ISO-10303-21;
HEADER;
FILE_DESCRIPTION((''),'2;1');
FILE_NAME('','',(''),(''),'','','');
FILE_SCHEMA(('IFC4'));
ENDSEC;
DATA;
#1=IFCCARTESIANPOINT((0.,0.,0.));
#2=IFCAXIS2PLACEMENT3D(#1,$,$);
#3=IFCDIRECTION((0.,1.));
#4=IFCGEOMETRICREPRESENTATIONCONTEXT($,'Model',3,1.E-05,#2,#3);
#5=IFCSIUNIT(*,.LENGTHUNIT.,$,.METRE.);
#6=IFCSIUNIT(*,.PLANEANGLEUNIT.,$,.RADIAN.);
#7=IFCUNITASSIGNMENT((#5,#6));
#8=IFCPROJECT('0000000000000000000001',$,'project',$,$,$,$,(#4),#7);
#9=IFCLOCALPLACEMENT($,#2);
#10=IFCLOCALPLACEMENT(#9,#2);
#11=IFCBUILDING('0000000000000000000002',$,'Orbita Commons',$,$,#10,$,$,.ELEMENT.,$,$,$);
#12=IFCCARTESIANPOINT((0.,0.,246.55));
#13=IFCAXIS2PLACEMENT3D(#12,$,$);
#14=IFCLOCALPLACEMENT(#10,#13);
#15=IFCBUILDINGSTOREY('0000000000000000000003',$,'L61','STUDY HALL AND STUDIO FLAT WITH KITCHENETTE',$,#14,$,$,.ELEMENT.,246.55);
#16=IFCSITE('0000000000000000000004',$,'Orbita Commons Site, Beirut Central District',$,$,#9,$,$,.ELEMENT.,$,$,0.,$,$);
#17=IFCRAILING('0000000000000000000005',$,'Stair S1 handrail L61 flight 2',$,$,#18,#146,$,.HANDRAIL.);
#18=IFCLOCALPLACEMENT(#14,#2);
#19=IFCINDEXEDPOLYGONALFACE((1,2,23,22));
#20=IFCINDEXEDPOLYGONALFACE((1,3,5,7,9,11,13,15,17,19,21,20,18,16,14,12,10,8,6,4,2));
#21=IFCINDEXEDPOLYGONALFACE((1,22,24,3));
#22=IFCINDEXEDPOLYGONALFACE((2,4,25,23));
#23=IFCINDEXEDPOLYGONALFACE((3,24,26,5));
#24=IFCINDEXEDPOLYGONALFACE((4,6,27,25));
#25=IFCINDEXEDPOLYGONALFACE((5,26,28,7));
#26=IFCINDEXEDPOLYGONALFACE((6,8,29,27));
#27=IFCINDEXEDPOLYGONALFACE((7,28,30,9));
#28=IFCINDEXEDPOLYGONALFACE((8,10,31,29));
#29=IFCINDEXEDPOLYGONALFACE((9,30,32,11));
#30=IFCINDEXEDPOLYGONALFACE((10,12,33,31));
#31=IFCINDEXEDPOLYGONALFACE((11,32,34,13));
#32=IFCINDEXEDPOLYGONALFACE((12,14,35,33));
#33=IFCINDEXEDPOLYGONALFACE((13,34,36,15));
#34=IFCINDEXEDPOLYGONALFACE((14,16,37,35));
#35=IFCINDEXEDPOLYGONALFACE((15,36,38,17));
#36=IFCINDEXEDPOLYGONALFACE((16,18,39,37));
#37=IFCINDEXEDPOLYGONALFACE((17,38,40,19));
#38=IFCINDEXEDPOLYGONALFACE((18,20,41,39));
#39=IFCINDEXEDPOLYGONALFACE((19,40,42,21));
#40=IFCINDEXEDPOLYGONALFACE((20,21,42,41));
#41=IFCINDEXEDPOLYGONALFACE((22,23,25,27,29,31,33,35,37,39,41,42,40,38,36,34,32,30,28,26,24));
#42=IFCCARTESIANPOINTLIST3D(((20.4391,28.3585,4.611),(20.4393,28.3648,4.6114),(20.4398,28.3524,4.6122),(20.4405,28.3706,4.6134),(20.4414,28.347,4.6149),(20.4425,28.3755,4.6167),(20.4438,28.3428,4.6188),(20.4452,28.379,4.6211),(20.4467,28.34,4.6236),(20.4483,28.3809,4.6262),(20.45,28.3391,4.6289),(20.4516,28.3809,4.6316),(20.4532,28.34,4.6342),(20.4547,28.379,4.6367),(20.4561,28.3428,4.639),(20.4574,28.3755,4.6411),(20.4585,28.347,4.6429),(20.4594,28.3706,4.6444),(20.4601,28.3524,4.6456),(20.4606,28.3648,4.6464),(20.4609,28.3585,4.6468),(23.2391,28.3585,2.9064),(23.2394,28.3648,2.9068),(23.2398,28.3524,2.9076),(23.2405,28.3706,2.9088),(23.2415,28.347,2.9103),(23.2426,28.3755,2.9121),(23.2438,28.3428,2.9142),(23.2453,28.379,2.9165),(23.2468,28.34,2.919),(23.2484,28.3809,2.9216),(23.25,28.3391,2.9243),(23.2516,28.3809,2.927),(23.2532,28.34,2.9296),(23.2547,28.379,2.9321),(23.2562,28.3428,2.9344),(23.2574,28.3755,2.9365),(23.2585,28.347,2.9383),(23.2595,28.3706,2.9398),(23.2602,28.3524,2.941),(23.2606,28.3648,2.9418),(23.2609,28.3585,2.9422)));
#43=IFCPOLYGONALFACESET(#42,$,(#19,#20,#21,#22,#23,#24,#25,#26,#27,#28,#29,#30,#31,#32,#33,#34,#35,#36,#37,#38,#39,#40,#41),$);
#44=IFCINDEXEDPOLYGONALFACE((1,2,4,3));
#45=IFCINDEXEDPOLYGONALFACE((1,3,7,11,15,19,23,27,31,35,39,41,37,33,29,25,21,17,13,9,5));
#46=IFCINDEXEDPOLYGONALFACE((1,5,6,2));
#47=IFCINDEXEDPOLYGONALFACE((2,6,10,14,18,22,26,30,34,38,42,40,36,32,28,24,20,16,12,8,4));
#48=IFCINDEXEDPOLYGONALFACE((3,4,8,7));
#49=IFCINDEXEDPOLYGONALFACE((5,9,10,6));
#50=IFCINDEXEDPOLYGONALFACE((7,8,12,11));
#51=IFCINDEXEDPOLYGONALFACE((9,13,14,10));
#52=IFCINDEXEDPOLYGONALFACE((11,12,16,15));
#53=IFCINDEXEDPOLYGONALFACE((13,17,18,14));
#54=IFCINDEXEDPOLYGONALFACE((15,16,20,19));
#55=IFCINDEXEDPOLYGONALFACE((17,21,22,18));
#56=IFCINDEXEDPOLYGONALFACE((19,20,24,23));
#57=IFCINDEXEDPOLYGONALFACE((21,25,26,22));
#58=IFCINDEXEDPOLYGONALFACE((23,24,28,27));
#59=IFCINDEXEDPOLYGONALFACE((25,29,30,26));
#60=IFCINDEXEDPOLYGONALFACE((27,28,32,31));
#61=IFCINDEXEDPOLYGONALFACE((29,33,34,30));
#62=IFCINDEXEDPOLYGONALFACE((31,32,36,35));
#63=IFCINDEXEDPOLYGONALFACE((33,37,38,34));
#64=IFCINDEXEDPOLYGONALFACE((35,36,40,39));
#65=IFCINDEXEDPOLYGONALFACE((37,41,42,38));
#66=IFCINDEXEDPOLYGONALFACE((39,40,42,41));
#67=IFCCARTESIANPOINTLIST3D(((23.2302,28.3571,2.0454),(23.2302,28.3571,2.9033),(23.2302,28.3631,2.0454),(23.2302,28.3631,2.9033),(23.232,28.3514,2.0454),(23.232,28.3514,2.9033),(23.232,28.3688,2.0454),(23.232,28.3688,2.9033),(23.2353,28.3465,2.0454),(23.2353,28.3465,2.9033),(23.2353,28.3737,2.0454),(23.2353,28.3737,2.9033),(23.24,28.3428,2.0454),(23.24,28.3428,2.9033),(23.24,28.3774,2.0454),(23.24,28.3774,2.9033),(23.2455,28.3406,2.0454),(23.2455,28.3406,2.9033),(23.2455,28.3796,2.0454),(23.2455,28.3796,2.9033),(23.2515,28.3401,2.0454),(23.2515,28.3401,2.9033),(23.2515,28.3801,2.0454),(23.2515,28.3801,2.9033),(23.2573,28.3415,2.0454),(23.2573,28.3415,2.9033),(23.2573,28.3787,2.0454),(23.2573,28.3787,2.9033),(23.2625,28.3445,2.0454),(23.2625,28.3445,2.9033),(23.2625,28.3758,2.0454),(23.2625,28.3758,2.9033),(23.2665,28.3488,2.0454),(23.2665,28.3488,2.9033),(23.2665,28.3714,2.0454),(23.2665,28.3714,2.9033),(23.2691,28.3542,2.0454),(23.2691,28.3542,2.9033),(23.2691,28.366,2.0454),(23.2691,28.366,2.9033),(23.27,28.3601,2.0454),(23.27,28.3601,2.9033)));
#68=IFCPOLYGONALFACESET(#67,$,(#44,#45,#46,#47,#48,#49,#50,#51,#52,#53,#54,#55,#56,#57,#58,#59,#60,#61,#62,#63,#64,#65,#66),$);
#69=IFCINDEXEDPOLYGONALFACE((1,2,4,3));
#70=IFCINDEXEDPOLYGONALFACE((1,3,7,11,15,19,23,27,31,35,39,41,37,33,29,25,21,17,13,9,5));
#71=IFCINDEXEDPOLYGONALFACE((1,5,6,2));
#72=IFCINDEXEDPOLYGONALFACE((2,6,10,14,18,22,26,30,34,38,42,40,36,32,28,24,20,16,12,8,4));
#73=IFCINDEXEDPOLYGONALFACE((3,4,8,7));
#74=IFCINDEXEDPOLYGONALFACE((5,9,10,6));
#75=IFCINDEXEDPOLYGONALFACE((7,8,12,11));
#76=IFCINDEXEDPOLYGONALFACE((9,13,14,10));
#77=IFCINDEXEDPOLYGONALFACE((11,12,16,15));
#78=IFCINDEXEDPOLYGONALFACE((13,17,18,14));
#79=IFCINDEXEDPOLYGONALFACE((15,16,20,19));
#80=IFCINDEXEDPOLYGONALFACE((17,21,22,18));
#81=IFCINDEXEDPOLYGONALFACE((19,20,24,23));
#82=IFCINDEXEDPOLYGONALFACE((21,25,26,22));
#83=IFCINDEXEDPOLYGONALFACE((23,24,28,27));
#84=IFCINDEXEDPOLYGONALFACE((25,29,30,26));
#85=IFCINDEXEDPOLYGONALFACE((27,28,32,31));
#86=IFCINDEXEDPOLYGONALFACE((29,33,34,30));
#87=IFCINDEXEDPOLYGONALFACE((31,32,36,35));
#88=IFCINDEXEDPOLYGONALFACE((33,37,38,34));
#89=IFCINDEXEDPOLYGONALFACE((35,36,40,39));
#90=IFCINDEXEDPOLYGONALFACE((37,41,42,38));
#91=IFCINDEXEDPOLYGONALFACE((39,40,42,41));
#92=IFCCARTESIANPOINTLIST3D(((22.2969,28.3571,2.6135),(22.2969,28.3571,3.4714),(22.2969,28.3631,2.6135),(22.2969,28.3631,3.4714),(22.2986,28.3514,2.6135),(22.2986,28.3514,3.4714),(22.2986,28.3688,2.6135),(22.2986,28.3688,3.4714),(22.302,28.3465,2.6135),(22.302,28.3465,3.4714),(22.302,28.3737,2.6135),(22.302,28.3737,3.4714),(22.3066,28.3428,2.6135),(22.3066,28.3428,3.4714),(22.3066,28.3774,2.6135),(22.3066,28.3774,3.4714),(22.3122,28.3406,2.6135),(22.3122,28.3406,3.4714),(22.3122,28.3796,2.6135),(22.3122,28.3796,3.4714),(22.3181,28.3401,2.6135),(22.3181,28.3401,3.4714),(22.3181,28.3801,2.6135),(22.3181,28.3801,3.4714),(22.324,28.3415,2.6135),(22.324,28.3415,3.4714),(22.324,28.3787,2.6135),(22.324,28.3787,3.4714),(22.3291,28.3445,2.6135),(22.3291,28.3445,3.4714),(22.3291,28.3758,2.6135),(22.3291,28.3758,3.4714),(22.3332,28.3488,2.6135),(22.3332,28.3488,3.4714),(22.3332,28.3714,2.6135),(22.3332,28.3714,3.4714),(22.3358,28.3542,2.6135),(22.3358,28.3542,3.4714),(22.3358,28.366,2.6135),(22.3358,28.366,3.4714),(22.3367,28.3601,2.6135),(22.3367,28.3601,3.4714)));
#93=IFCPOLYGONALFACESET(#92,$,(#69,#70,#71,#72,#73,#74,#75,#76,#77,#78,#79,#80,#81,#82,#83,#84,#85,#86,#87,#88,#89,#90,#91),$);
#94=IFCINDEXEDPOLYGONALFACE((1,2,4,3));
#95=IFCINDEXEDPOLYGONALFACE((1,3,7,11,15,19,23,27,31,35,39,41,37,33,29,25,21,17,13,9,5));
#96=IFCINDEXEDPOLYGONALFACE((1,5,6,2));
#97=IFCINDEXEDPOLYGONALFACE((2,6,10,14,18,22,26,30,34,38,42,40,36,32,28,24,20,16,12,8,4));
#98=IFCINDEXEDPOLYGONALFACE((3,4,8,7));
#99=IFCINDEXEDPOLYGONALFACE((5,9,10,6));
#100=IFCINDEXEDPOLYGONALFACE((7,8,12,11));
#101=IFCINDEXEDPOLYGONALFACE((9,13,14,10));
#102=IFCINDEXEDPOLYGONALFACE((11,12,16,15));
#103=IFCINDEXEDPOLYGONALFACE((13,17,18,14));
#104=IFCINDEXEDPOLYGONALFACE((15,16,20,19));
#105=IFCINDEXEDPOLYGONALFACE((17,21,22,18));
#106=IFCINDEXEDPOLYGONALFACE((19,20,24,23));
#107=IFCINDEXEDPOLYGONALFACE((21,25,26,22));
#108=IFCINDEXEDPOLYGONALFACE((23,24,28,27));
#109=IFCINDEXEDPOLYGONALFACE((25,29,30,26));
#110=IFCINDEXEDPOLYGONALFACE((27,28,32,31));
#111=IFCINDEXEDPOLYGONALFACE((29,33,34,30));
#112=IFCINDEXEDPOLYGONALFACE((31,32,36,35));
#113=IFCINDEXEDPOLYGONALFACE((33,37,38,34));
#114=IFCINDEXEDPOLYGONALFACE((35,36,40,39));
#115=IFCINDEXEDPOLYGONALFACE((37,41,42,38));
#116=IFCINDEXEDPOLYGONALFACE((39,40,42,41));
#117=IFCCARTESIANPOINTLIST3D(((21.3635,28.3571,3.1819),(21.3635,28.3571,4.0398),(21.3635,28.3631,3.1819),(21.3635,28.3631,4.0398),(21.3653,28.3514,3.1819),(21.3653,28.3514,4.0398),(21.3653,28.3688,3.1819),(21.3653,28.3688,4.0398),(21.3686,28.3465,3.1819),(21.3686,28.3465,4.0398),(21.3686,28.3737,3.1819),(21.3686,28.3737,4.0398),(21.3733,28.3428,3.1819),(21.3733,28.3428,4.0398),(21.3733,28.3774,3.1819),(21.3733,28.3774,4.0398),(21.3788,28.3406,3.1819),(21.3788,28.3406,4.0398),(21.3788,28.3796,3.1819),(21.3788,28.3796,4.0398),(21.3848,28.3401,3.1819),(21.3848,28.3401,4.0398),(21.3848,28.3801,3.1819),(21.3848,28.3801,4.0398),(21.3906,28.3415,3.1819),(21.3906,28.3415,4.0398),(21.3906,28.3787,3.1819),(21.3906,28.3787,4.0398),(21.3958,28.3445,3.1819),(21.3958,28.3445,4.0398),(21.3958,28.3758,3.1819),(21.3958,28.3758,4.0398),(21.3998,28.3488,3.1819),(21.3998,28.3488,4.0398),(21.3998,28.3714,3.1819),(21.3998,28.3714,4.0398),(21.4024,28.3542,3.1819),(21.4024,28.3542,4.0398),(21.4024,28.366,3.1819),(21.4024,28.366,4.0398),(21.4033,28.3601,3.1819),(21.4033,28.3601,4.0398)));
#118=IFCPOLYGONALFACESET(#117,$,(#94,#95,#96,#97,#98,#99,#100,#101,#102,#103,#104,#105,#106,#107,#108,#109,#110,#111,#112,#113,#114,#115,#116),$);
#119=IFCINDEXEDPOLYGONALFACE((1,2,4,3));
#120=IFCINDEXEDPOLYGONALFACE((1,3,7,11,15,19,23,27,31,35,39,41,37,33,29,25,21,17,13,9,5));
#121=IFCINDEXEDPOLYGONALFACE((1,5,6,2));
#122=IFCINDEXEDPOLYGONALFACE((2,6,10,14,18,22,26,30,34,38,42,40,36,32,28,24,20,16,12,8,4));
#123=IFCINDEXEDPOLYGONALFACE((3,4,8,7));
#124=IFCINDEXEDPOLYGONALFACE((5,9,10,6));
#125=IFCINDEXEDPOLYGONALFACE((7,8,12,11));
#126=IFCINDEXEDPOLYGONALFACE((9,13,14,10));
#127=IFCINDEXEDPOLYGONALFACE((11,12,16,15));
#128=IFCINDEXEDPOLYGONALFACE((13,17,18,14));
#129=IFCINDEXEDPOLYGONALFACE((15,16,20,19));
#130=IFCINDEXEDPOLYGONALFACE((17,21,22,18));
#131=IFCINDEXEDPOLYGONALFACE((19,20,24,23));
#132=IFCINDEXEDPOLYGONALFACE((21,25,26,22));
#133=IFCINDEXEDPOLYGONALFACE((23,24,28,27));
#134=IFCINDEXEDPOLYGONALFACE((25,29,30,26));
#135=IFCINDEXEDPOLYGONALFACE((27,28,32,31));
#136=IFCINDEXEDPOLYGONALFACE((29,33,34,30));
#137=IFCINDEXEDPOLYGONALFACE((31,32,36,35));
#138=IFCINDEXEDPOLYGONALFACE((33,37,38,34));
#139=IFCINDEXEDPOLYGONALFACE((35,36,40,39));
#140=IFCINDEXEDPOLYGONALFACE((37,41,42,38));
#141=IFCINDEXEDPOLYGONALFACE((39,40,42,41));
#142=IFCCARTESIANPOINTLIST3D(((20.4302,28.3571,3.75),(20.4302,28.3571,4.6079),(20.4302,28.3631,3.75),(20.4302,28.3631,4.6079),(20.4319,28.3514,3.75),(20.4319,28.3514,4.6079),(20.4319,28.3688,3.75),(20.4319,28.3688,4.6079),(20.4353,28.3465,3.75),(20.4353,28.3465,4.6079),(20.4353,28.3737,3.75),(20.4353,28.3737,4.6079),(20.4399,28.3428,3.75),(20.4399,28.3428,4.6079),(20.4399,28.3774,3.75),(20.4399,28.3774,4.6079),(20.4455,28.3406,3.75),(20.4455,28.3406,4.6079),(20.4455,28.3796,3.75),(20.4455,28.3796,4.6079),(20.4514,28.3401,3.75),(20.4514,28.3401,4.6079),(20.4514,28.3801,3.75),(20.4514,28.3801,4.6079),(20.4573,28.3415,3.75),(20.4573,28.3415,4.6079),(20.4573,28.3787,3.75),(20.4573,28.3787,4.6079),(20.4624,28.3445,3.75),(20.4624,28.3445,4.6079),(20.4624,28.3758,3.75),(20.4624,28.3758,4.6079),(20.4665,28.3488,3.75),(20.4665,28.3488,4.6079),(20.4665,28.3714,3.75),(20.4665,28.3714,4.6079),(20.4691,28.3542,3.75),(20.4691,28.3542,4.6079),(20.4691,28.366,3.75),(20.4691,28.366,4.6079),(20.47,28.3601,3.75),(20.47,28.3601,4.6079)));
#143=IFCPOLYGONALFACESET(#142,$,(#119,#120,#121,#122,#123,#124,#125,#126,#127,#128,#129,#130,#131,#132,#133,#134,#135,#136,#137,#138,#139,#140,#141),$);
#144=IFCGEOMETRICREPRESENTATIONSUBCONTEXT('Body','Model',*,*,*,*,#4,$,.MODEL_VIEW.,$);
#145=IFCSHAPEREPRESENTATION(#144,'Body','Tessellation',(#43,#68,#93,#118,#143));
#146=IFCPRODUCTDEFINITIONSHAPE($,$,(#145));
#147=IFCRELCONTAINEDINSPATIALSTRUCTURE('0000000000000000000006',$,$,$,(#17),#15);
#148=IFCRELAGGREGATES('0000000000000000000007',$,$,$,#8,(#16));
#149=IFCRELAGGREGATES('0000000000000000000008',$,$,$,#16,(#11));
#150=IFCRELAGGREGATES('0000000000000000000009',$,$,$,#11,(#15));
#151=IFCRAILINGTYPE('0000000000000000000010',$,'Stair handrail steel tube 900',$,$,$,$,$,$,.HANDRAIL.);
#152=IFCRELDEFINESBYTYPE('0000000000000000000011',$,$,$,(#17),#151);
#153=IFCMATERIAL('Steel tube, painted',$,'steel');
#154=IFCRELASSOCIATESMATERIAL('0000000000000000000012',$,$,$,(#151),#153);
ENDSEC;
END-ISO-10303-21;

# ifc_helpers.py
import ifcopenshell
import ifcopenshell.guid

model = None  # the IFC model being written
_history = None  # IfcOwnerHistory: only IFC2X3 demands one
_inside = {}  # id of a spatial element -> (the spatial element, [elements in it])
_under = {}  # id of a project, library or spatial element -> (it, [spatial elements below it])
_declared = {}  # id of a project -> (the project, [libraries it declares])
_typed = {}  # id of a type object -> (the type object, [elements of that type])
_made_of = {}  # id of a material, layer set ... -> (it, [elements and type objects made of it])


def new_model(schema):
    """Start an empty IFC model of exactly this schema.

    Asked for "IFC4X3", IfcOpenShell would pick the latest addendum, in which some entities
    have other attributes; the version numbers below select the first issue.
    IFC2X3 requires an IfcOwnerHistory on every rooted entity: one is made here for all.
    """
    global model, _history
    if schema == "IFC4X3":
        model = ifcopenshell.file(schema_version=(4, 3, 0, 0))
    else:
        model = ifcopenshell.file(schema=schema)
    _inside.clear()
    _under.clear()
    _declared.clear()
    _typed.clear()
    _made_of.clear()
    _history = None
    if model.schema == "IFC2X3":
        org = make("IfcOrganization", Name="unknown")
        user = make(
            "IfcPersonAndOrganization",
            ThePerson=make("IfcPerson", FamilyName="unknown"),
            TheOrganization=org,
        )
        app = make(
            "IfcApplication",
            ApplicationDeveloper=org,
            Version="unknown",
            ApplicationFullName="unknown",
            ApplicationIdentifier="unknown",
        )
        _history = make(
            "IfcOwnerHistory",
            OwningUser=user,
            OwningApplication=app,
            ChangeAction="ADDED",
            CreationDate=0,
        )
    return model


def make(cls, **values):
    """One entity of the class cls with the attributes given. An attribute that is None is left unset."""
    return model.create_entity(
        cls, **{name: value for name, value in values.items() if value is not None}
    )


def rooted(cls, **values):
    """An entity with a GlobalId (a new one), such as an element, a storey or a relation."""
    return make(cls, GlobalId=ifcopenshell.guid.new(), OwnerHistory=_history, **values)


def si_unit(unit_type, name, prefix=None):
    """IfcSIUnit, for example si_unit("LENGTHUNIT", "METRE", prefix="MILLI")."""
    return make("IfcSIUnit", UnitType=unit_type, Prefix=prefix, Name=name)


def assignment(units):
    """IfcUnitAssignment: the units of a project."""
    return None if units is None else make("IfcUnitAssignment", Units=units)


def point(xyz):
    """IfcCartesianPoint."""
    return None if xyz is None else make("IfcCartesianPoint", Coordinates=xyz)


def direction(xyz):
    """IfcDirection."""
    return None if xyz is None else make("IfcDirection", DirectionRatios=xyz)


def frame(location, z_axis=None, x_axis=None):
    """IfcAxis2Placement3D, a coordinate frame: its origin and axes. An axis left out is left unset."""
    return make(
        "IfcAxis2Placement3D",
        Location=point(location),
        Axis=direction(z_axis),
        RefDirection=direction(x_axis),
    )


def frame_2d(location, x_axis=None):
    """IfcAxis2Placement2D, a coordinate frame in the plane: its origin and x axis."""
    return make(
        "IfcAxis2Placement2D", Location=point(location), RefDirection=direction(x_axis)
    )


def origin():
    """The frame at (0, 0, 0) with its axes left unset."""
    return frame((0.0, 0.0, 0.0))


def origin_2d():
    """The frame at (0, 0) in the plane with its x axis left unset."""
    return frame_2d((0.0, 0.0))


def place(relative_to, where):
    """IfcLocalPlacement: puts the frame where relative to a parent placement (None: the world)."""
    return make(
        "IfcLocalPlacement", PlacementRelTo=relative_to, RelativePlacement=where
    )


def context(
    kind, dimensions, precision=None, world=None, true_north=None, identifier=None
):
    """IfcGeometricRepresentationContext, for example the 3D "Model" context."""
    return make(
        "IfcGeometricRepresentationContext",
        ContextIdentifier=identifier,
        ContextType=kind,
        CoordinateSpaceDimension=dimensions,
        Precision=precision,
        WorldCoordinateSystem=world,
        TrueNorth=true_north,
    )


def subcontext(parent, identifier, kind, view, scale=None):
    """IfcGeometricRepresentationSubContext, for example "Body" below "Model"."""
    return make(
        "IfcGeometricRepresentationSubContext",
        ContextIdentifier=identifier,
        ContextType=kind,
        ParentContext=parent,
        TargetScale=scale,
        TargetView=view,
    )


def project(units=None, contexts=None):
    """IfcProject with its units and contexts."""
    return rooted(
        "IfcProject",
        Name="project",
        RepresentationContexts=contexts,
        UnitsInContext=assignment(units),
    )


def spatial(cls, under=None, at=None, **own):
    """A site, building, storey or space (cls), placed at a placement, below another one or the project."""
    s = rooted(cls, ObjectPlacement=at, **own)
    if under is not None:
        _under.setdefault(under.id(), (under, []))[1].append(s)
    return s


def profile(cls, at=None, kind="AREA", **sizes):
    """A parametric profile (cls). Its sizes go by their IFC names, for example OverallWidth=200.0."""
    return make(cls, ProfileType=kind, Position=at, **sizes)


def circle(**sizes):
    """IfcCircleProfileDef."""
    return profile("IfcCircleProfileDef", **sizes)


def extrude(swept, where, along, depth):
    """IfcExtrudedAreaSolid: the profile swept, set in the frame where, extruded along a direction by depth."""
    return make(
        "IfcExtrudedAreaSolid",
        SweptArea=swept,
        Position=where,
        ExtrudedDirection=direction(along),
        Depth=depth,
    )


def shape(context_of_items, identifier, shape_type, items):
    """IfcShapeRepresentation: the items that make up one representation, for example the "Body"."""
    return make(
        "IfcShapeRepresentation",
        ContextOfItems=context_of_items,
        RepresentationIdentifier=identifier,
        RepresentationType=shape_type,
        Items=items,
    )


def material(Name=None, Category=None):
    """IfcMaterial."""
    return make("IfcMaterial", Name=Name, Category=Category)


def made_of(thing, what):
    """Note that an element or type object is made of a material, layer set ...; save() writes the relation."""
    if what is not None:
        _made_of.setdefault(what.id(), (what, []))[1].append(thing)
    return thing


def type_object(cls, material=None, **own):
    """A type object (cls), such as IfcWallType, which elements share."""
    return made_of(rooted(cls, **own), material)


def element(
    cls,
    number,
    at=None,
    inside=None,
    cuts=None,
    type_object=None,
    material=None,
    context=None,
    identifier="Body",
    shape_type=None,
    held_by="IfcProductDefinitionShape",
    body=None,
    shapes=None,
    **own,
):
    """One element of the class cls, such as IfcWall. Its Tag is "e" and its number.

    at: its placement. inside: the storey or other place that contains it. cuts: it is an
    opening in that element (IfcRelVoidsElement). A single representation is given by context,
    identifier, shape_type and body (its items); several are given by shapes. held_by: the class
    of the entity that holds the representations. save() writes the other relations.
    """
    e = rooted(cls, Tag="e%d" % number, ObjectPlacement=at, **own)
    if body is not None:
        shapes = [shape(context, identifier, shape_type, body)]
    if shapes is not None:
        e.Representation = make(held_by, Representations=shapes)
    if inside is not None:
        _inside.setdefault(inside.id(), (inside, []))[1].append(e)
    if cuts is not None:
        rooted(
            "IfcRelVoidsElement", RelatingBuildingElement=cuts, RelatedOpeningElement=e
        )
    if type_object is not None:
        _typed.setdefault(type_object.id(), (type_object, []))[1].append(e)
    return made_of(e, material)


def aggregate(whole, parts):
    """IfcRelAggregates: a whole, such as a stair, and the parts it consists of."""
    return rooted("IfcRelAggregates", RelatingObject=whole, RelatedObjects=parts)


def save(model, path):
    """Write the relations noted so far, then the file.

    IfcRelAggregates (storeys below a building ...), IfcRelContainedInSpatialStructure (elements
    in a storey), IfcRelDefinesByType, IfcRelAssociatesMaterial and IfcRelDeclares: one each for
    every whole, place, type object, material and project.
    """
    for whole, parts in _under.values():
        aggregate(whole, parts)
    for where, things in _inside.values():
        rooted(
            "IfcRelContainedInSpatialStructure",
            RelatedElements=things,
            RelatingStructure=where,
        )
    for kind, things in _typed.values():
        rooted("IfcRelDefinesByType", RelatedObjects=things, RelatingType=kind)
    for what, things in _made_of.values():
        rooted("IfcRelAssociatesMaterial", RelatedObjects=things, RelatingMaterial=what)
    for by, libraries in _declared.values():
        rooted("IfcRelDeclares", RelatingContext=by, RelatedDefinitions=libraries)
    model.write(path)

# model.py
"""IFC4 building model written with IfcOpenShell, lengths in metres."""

from ifc_helpers import new_model, si_unit, direction, frame, origin, origin_2d, place, context, subcontext, project, spatial, circle, extrude, material, type_object, element, save


model = new_model("IFC4")

# Units and contexts
model_context = context("Model", 3, precision=1e-05, world=origin(), true_north=direction((0.0, 1.0)))
body_context = subcontext(model_context, "Body", "Model", "MODEL_VIEW")
ifc_project = project(units=[si_unit("LENGTHUNIT", "METRE"), si_unit("PLANEANGLEUNIT", "RADIAN")], contexts=[model_context])

# Site, building, storey
site_placement = place(None, origin())
site = spatial("IfcSite", under=ifc_project, at=site_placement, Name="Orbita Commons Site, Beirut Central District", CompositionType="ELEMENT", RefElevation=0.0)
building_placement = place(site_placement, origin())
building = spatial("IfcBuilding", under=site, at=building_placement, Name="Orbita Commons", CompositionType="ELEMENT")
storey_placement = place(building_placement, frame((0.0, 0.0, 246.55)))
storey = spatial("IfcBuildingStorey", under=building, at=storey_placement, Name="L61", Description="STUDY HALL AND STUDIO FLAT WITH KITCHENETTE", CompositionType="ELEMENT", Elevation=246.55)

# Railing
ifc_material_1 = material(Name="Steel tube, painted", Category="steel")
railing_type = type_object("IfcRailingType", Name="Stair handrail steel tube 900", PredefinedType="HANDRAIL", material=ifc_material_1)
for number, where, name in (
    (1, (23.25, 28.3601, 2.0454), "Stair S1 handrail L61 flight 2"),
):
    element("IfcRailing", number, at=place(storey_placement, frame(where)), inside=storey, type_object=railing_type, Name=name, PredefinedType="HANDRAIL", context=body_context, shape_type="SweptSolid", body=[
        extrude(circle(Radius=0.021, at=origin_2d()), frame((0.0, 0.0, 0.8789), z_axis=(-0.85417, 0.0, 0.519994), x_axis=(0.0, -1.0, 0.0)), (0.0, 0.0, 1.0), 3.2781),
        extrude(circle(Radius=0.02, at=origin_2d()), origin(), (0.0, 0.0, 1.0), 0.8579),
        extrude(circle(Radius=0.02, at=origin_2d()), frame((-0.9333, 0.0, 0.5681)), (0.0, 0.0, 1.0), 0.8579),
        extrude(circle(Radius=0.02, at=origin_2d()), frame((-1.8667, 0.0, 1.1365)), (0.0, 0.0, 1.0), 0.8579),
        extrude(circle(Radius=0.02, at=origin_2d()), frame((-2.8, 0.0, 1.7046)), (0.0, 0.0, 1.0), 0.8579),
    ])

save(model, "model.ifc")
